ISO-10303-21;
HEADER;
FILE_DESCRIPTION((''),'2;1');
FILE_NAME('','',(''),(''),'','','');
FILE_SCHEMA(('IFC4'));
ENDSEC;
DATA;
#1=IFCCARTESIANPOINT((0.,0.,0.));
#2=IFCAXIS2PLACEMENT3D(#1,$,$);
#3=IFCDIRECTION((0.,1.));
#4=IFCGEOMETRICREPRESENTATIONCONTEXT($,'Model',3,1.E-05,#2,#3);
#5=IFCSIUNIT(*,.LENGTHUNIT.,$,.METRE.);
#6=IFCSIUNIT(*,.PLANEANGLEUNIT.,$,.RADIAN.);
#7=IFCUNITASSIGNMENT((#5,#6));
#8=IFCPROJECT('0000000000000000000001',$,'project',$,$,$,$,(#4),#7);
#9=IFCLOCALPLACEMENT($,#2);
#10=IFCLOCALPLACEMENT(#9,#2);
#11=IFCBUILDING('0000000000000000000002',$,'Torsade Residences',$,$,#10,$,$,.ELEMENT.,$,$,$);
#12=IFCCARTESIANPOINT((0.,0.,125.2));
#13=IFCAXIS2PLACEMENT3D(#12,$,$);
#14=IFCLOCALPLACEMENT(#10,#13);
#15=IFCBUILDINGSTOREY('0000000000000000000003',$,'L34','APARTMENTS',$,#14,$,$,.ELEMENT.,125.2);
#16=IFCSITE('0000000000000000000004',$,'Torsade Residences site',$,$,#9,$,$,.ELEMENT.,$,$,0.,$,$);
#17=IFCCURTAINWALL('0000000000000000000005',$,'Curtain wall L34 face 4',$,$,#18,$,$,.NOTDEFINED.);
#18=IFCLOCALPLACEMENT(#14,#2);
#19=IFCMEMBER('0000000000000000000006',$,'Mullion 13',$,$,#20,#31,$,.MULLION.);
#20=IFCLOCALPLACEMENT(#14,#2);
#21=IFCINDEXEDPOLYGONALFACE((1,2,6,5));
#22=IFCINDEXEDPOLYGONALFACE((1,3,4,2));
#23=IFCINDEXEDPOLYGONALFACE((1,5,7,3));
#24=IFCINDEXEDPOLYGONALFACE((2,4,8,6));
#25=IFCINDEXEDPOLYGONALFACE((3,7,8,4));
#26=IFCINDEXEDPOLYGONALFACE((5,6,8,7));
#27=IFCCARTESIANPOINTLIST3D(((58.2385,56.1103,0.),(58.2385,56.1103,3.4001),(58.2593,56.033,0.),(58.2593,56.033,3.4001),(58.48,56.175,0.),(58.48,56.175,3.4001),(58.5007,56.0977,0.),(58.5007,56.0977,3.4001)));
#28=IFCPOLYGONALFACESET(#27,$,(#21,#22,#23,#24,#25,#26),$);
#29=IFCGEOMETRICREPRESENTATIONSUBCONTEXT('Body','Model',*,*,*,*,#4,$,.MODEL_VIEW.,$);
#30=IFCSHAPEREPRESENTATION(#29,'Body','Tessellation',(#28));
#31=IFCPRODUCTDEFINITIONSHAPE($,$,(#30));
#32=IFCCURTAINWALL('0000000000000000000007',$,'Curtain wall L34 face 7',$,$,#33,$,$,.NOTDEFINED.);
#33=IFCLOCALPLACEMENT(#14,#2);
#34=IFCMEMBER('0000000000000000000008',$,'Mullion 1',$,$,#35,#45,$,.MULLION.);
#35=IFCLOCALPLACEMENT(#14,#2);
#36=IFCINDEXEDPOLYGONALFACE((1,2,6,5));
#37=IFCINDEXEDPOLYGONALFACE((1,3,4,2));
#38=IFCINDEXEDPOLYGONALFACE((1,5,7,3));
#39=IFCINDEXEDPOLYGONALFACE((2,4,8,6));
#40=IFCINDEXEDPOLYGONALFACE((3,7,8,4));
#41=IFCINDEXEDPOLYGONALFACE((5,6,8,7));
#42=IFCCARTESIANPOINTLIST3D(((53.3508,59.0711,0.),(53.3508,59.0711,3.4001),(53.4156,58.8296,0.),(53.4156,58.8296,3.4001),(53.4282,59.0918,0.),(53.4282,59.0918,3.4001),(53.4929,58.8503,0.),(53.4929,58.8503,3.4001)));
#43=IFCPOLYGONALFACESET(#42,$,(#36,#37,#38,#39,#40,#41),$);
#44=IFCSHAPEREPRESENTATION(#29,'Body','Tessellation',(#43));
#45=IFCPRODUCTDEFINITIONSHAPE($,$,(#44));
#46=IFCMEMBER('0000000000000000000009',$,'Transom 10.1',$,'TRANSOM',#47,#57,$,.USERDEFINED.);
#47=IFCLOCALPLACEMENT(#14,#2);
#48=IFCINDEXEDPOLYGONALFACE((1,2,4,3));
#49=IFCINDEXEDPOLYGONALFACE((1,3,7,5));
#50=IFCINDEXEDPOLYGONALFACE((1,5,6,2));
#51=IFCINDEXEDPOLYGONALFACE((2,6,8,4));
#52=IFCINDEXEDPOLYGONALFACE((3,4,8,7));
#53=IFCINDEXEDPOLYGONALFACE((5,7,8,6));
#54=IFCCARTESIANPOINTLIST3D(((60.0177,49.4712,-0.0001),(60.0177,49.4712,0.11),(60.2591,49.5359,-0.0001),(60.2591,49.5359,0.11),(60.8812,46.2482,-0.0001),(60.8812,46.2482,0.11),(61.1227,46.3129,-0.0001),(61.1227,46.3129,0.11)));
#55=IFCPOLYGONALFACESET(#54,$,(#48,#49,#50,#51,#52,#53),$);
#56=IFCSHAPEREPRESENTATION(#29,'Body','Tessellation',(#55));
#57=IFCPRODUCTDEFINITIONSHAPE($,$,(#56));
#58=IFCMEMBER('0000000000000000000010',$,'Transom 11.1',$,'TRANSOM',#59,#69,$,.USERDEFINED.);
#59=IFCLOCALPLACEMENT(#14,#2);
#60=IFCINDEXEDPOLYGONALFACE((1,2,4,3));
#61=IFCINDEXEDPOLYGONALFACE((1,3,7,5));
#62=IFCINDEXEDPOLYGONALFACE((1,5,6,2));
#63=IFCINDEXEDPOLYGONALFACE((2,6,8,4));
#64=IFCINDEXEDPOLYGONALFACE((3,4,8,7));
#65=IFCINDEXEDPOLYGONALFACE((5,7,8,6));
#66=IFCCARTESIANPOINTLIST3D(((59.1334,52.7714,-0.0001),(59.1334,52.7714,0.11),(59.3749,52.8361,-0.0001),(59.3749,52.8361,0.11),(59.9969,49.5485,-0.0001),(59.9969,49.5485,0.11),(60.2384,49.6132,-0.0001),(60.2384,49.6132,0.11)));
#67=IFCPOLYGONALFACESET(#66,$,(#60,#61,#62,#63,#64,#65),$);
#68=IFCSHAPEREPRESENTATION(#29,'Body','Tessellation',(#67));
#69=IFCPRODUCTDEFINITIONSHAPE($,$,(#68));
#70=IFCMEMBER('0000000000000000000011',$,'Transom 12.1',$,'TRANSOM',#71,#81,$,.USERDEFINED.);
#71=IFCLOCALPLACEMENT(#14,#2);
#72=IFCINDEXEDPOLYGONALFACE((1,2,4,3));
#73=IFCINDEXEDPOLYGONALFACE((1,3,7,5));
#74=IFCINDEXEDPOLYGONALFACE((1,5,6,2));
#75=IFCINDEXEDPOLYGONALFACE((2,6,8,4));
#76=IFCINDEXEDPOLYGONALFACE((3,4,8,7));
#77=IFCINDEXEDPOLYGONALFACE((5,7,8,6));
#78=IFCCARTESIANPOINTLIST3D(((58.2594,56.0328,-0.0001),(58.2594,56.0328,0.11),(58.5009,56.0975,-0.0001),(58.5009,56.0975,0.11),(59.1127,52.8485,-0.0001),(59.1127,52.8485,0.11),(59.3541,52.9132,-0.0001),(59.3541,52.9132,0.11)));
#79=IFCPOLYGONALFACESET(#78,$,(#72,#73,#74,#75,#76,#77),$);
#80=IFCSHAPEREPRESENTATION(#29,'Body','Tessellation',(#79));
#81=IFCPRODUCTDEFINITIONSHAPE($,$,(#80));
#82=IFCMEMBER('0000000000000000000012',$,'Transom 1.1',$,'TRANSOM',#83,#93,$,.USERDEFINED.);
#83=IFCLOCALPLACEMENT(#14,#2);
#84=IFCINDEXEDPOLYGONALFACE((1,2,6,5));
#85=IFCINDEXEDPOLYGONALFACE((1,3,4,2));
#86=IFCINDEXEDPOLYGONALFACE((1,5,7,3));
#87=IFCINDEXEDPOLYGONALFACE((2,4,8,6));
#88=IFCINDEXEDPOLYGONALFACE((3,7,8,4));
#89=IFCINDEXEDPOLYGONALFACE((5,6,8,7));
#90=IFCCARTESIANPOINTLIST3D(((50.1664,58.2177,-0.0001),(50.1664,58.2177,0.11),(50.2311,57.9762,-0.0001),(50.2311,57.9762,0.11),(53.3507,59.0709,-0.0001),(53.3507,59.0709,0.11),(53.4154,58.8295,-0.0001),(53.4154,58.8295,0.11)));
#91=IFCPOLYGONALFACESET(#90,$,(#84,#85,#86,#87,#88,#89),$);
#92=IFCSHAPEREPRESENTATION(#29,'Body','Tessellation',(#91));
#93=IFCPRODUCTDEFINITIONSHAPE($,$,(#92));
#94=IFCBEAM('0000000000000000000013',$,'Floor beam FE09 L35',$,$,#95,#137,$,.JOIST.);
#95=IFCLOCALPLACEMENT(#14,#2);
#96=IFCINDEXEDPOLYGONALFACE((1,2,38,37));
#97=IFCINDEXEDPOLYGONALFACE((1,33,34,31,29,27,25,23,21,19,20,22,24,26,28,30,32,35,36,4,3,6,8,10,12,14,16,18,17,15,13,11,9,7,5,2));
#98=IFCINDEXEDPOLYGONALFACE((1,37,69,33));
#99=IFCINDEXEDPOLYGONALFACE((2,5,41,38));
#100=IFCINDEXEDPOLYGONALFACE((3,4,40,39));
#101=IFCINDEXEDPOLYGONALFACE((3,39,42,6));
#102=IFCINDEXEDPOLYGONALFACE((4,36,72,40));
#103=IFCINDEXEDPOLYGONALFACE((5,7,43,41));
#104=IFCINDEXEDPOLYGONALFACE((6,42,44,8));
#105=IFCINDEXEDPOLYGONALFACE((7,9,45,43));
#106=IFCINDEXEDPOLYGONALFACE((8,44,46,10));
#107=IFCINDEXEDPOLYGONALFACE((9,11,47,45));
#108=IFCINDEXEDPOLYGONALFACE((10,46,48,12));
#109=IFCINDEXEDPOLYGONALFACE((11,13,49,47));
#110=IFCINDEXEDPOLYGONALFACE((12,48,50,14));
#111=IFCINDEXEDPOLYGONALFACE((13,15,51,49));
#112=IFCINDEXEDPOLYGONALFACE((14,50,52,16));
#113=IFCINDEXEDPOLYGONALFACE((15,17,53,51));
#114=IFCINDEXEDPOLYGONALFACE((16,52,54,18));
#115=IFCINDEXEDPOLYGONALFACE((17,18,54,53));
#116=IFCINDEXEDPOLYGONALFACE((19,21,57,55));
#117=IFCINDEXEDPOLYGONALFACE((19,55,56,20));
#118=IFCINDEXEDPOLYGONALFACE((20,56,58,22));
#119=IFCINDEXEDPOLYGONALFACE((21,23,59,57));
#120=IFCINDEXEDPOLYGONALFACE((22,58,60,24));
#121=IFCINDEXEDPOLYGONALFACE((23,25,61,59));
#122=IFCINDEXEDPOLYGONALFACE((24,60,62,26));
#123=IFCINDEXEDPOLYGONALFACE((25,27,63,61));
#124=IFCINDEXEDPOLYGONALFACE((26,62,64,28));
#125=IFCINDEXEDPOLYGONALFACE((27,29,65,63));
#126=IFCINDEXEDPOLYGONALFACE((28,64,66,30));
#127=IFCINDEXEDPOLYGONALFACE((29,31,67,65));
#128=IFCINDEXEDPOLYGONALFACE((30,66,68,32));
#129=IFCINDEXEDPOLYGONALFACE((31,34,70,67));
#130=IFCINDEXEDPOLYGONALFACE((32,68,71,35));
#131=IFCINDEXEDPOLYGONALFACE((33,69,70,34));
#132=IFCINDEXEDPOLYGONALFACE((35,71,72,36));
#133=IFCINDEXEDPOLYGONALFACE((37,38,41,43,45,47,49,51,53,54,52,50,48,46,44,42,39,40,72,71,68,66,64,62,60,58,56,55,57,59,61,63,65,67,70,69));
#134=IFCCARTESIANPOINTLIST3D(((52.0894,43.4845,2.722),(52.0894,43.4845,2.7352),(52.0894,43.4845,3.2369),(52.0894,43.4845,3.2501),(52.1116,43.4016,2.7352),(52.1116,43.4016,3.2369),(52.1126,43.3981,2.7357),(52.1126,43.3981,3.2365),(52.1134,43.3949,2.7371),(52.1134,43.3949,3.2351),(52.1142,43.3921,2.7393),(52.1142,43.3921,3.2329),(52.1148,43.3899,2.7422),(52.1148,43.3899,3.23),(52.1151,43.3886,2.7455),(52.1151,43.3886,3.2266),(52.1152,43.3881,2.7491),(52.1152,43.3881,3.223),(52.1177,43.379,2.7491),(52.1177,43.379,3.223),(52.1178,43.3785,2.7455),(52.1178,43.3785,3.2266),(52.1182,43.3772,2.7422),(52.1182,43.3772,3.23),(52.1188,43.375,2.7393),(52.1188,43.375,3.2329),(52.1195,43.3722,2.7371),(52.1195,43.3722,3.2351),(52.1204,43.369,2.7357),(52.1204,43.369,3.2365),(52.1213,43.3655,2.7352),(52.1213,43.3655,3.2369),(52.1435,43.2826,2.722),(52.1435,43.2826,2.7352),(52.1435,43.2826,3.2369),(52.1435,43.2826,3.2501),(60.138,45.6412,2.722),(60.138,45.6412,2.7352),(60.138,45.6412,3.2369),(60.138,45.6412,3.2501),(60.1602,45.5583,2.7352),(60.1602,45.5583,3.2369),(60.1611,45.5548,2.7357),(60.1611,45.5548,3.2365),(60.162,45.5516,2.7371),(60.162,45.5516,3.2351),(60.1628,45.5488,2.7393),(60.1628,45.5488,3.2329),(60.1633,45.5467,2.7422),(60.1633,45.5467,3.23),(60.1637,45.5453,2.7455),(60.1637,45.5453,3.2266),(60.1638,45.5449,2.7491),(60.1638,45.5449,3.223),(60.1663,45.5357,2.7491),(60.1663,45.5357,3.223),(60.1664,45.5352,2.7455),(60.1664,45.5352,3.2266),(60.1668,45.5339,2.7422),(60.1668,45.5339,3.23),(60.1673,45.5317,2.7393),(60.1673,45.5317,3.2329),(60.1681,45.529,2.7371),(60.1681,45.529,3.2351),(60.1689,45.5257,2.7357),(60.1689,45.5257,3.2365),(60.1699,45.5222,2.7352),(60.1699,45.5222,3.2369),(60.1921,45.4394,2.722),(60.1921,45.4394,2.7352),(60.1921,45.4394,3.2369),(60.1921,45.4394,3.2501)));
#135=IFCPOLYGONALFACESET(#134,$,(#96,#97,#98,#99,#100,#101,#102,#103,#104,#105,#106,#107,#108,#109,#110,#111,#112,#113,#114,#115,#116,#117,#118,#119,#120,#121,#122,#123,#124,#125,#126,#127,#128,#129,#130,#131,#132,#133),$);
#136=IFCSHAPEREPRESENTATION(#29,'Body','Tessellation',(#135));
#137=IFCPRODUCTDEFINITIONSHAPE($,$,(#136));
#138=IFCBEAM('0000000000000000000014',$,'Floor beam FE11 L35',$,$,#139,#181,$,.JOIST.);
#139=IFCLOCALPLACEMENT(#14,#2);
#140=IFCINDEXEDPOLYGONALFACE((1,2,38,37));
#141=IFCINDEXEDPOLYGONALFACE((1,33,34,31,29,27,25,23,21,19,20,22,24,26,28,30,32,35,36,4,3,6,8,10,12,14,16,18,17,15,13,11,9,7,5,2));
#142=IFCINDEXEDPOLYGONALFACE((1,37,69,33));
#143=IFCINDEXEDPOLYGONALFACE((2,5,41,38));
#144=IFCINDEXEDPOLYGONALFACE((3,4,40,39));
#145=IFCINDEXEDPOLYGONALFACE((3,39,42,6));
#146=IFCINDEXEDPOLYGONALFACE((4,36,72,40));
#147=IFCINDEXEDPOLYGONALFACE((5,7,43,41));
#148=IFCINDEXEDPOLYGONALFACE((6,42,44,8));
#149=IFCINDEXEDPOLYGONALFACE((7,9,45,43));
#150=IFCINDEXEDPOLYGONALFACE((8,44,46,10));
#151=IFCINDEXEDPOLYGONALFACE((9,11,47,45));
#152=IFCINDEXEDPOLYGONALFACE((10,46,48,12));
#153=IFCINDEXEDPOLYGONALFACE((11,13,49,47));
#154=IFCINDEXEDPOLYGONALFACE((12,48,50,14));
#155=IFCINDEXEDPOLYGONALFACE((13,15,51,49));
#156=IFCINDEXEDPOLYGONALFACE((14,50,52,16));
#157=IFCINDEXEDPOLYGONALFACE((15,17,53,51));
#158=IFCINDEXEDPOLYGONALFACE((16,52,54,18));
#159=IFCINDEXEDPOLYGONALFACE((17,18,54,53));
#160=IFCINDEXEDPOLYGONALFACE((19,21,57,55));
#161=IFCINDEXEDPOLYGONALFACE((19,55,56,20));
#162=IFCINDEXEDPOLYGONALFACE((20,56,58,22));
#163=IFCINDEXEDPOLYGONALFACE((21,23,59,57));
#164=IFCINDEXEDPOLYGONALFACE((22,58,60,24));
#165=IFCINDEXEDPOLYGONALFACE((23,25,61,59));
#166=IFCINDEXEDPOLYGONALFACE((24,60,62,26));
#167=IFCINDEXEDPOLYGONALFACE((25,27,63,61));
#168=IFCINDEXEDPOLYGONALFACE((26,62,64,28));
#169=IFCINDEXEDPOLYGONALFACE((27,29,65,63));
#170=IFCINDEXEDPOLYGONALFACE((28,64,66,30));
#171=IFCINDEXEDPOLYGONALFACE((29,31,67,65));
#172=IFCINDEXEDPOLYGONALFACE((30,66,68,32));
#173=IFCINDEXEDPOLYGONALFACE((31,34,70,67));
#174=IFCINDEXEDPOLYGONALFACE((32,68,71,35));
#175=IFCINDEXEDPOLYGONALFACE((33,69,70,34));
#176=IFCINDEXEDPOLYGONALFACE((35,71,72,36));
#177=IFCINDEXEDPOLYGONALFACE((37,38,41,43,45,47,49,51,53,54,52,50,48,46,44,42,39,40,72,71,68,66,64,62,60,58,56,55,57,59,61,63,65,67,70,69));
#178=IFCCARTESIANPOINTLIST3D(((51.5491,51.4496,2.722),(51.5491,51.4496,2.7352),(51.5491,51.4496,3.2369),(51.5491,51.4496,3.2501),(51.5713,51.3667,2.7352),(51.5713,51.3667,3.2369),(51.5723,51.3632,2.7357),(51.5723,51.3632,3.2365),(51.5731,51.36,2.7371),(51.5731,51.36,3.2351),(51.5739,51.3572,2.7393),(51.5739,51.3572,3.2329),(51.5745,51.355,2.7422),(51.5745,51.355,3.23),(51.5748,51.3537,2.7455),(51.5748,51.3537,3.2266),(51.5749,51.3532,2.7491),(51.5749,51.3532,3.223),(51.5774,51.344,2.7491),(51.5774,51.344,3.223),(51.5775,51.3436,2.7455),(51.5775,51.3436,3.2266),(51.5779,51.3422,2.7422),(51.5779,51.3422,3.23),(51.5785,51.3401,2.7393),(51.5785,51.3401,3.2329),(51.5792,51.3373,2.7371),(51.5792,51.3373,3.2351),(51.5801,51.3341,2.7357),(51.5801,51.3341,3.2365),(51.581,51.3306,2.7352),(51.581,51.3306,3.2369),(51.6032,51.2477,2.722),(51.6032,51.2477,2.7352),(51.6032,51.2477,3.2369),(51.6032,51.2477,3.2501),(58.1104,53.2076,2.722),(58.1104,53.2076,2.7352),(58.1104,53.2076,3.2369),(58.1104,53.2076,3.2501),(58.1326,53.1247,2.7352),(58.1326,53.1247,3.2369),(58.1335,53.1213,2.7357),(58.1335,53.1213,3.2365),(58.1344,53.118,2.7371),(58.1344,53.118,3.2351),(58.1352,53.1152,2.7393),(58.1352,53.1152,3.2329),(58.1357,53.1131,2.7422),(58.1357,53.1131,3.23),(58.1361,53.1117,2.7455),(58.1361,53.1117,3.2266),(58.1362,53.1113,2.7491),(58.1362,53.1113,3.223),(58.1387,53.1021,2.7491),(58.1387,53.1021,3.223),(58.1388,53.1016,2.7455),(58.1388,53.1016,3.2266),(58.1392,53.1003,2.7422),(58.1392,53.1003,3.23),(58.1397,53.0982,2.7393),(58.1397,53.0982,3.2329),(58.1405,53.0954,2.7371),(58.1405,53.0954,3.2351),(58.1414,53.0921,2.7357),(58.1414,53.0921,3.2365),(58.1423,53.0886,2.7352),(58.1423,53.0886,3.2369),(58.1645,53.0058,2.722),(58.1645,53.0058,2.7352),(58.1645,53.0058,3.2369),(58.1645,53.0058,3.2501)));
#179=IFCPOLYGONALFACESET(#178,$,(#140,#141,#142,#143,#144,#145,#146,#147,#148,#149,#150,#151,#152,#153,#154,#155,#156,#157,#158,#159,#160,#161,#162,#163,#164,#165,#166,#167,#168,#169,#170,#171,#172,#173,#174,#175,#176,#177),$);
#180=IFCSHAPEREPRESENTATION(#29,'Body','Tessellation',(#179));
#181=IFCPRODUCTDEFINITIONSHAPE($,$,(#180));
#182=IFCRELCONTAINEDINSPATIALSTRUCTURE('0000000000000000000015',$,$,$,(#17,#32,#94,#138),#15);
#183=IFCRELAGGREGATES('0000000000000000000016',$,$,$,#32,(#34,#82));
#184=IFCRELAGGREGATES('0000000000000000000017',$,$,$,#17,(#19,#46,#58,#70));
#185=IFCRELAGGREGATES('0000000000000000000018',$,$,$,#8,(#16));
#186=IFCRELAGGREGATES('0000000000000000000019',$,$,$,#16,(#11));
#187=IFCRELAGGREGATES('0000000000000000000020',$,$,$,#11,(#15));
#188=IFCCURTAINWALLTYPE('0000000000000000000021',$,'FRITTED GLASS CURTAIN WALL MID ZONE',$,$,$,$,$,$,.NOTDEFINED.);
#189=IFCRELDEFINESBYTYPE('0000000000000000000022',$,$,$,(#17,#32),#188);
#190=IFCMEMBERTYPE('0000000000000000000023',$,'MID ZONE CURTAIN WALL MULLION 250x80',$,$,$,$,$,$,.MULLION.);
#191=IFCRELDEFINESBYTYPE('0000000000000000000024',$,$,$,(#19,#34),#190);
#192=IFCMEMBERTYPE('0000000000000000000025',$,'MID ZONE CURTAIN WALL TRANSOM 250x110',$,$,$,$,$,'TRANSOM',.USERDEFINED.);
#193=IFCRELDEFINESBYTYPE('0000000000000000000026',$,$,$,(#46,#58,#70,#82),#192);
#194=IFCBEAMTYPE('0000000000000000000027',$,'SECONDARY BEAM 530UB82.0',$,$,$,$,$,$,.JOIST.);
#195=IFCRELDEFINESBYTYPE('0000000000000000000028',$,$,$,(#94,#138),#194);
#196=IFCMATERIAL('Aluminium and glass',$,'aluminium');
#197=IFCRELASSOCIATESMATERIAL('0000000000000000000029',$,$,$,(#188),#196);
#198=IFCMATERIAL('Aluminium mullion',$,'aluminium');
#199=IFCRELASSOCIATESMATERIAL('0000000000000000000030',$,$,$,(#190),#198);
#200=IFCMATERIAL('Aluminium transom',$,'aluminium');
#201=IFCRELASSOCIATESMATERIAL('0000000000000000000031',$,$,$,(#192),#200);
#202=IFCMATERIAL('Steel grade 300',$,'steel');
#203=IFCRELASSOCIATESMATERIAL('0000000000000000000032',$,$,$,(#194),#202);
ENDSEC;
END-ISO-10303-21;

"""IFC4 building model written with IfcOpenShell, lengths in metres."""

from ifc_helpers import new_model, si_unit, direction, frame, origin, origin_2d, place, context, subcontext, project, spatial, rectangle, i_section, extrude, material, material_profile, profile_set, type_object, element, aggregate, save


model = new_model("IFC4")

# Units and contexts
model_context = context("Model", 3, precision=1e-05, world=origin(), true_north=direction((0.0, 1.0)))
body_context = subcontext(model_context, "Body", "Model", "MODEL_VIEW")
ifc_project = project(units=[si_unit("LENGTHUNIT", "METRE"), si_unit("PLANEANGLEUNIT", "RADIAN")], contexts=[model_context])

# Site, building, storey
site_placement = place(None, origin())
site = spatial("IfcSite", under=ifc_project, at=site_placement, Name="Torsade Residences site", CompositionType="ELEMENT", RefElevation=0.0)
building_placement = place(site_placement, origin())
building = spatial("IfcBuilding", under=site, at=building_placement, Name="Torsade Residences", CompositionType="ELEMENT")
storey_placement = place(building_placement, frame((0.0, 0.0, 125.2)))
storey = spatial("IfcBuildingStorey", under=building, at=storey_placement, Name="L34", Description="APARTMENTS", CompositionType="ELEMENT", Elevation=125.2)

# Curtain wall, member
ifc_material_1 = material(Name="Aluminium and glass", Category="aluminium")
curtain_wall_type = type_object("IfcCurtainWallType", Name="FRITTED GLASS CURTAIN WALL MID ZONE", PredefinedType="NOTDEFINED", material=ifc_material_1)
curtain_wall_1_placement = place(storey_placement, origin())
curtain_wall_1 = element("IfcCurtainWall", 1, at=curtain_wall_1_placement, inside=storey, type_object=curtain_wall_type, Name="Curtain wall L34 face 4", PredefinedType="NOTDEFINED")
ifc_material_2 = material(Name="Aluminium mullion", Category="aluminium")
ifc_material_profile_1 = material_profile(ifc_material_2, rectangle(XDim=0.25, YDim=0.0801, at=origin_2d()), Name="MID ZONE CURTAIN WALL MULLION 250x80")
ifc_profile_set_1 = profile_set([ifc_material_profile_1], Name="Aluminium mullion")
member_type_1 = type_object("IfcMemberType", Name="MID ZONE CURTAIN WALL MULLION 250x80", PredefinedType="MULLION", material=ifc_profile_set_1)
member_1_placement = place(storey_placement, frame((58.3696, 56.104, 0.0), z_axis=(0.0, 0.0, 1.0), x_axis=(-0.965926, -0.258819, 0.0)))
member_1 = element("IfcMember", 2, at=member_1_placement, type_object=member_type_1, Name="Mullion 13", PredefinedType="MULLION", context=body_context, shape_type="SweptSolid", body=[
    extrude(rectangle(XDim=0.25, YDim=0.0801, at=origin_2d()), origin(), (0.0, 0.0, 1.0), 3.4001),
])

# Curtain wall, member
curtain_wall_2_placement = place(storey_placement, origin())
curtain_wall_2 = element("IfcCurtainWall", 3, at=curtain_wall_2_placement, inside=storey, type_object=curtain_wall_type, Name="Curtain wall L34 face 7", PredefinedType="NOTDEFINED")
member_2_placement = place(storey_placement, frame((53.4219, 58.9607, 0.0), z_axis=(0.0, 0.0, 1.0), x_axis=(0.258819, -0.965926, 0.0)))
member_2 = element("IfcMember", 4, at=member_2_placement, type_object=member_type_1, Name="Mullion 1", PredefinedType="MULLION", context=body_context, shape_type="SweptSolid", body=[
    extrude(rectangle(XDim=0.25, YDim=0.0801, at=origin_2d()), origin(), (0.0, 0.0, 1.0), 3.4001),
])

# Members
ifc_material_3 = material(Name="Aluminium transom", Category="aluminium")
ifc_material_profile_2 = material_profile(ifc_material_3, rectangle(XDim=0.25, YDim=0.1101, at=origin_2d()), Name="MID ZONE CURTAIN WALL TRANSOM 250x110")
ifc_profile_set_2 = profile_set([ifc_material_profile_2], Name="Aluminium transom")
member_type_2 = type_object("IfcMemberType", Name="MID ZONE CURTAIN WALL TRANSOM 250x110", ElementType="TRANSOM", PredefinedType="USERDEFINED", material=ifc_profile_set_2)
member_3_placement = place(storey_placement, frame((61.002, 46.2805, 0.0549), z_axis=(-0.258806, 0.965929, 0.0), x_axis=(-0.965929, -0.258806, 0.0)))
member_3 = element("IfcMember", 5, at=member_3_placement, type_object=member_type_2, Name="Transom 10.1", ObjectType="TRANSOM", PredefinedType="USERDEFINED", context=body_context, shape_type="SweptSolid", body=[
    extrude(rectangle(XDim=0.25, YDim=0.1101, at=origin_2d()), origin(), (0.0, 0.0, 1.0), 3.3367),
])
member_4_placement = place(storey_placement, frame((60.1177, 49.5808, 0.0549), z_axis=(-0.258806, 0.965929, 0.0), x_axis=(-0.965929, -0.258806, 0.0)))
member_4 = element("IfcMember", 6, at=member_4_placement, type_object=member_type_2, Name="Transom 11.1", ObjectType="TRANSOM", PredefinedType="USERDEFINED", context=body_context, shape_type="SweptSolid", body=[
    extrude(rectangle(XDim=0.25, YDim=0.1101, at=origin_2d()), origin(), (0.0, 0.0, 1.0), 3.3367),
])
member_5_placement = place(storey_placement, frame((59.2334, 52.8809, 0.0549), z_axis=(-0.258829, 0.965923, 0.0), x_axis=(-0.965923, -0.258829, 0.0)))
member_5 = element("IfcMember", 7, at=member_5_placement, type_object=member_type_2, Name="Transom 12.1", ObjectType="TRANSOM", PredefinedType="USERDEFINED", context=body_context, shape_type="SweptSolid", body=[
    extrude(rectangle(XDim=0.25, YDim=0.1101, at=origin_2d()), origin(), (0.0, 0.0, 1.0), 3.2966),
])
member_6_placement = place(storey_placement, frame((53.3831, 58.9502, 0.0549), z_axis=(-0.965923, -0.258829, 0.0), x_axis=(0.258829, -0.965923, 0.0)))
member_6 = element("IfcMember", 8, at=member_6_placement, type_object=member_type_2, Name="Transom 1.1", ObjectType="TRANSOM", PredefinedType="USERDEFINED", context=body_context, shape_type="SweptSolid", body=[
    extrude(rectangle(XDim=0.25, YDim=0.1101, at=origin_2d()), origin(), (0.0, 0.0, 1.0), 3.2966),
])
aggregate(curtain_wall_2, [member_2, member_6])

# Beams
ifc_material_4 = material(Name="Steel grade 300", Category="steel")
ifc_material_profile_3 = material_profile(ifc_material_4, i_section(OverallWidth=0.209, OverallDepth=0.5281, WebThickness=0.0095, FlangeThickness=0.0132, FilletRadius=0.0139, at=origin_2d()), Name="530UB82.0")
ifc_profile_set_3 = profile_set([ifc_material_profile_3], Name="Steel grade 300")
beam_type_1 = type_object("IfcBeamType", Name="SECONDARY BEAM 530UB82.0", PredefinedType="JOIST", material=ifc_profile_set_3)
beam_1_placement = place(storey_placement, frame((60.165, 45.5403, 2.9861), z_axis=(-0.965922, -0.258833, 0.0), x_axis=(0.258833, -0.965922, 0.0)))
element("IfcBeam", 9, at=beam_1_placement, inside=storey, type_object=beam_type_1, Name="Floor beam FE09 L35", PredefinedType="JOIST", context=body_context, shape_type="SweptSolid", body=[
    extrude(i_section(OverallWidth=0.209, OverallDepth=0.5281, WebThickness=0.0095, FlangeThickness=0.0132, FilletRadius=0.0139, at=origin_2d()), origin(), (0.0, 0.0, 1.0), 8.3325),
])
beam_2_placement = place(storey_placement, frame((58.1375, 53.1067, 2.9861), z_axis=(-0.965927, -0.258815, 0.0), x_axis=(0.258815, -0.965927, 0.0)))
element("IfcBeam", 10, at=beam_2_placement, inside=storey, type_object=beam_type_1, Name="Floor beam FE11 L35", PredefinedType="JOIST", context=body_context, shape_type="SweptSolid", body=[
    extrude(i_section(OverallWidth=0.209, OverallDepth=0.5281, WebThickness=0.0095, FlangeThickness=0.0132, FilletRadius=0.0139, at=origin_2d()), origin(), (0.0, 0.0, 1.0), 6.7927),
])

aggregate(curtain_wall_1, [member_1, member_3, member_4, member_5])

save(model, "model.ifc")
